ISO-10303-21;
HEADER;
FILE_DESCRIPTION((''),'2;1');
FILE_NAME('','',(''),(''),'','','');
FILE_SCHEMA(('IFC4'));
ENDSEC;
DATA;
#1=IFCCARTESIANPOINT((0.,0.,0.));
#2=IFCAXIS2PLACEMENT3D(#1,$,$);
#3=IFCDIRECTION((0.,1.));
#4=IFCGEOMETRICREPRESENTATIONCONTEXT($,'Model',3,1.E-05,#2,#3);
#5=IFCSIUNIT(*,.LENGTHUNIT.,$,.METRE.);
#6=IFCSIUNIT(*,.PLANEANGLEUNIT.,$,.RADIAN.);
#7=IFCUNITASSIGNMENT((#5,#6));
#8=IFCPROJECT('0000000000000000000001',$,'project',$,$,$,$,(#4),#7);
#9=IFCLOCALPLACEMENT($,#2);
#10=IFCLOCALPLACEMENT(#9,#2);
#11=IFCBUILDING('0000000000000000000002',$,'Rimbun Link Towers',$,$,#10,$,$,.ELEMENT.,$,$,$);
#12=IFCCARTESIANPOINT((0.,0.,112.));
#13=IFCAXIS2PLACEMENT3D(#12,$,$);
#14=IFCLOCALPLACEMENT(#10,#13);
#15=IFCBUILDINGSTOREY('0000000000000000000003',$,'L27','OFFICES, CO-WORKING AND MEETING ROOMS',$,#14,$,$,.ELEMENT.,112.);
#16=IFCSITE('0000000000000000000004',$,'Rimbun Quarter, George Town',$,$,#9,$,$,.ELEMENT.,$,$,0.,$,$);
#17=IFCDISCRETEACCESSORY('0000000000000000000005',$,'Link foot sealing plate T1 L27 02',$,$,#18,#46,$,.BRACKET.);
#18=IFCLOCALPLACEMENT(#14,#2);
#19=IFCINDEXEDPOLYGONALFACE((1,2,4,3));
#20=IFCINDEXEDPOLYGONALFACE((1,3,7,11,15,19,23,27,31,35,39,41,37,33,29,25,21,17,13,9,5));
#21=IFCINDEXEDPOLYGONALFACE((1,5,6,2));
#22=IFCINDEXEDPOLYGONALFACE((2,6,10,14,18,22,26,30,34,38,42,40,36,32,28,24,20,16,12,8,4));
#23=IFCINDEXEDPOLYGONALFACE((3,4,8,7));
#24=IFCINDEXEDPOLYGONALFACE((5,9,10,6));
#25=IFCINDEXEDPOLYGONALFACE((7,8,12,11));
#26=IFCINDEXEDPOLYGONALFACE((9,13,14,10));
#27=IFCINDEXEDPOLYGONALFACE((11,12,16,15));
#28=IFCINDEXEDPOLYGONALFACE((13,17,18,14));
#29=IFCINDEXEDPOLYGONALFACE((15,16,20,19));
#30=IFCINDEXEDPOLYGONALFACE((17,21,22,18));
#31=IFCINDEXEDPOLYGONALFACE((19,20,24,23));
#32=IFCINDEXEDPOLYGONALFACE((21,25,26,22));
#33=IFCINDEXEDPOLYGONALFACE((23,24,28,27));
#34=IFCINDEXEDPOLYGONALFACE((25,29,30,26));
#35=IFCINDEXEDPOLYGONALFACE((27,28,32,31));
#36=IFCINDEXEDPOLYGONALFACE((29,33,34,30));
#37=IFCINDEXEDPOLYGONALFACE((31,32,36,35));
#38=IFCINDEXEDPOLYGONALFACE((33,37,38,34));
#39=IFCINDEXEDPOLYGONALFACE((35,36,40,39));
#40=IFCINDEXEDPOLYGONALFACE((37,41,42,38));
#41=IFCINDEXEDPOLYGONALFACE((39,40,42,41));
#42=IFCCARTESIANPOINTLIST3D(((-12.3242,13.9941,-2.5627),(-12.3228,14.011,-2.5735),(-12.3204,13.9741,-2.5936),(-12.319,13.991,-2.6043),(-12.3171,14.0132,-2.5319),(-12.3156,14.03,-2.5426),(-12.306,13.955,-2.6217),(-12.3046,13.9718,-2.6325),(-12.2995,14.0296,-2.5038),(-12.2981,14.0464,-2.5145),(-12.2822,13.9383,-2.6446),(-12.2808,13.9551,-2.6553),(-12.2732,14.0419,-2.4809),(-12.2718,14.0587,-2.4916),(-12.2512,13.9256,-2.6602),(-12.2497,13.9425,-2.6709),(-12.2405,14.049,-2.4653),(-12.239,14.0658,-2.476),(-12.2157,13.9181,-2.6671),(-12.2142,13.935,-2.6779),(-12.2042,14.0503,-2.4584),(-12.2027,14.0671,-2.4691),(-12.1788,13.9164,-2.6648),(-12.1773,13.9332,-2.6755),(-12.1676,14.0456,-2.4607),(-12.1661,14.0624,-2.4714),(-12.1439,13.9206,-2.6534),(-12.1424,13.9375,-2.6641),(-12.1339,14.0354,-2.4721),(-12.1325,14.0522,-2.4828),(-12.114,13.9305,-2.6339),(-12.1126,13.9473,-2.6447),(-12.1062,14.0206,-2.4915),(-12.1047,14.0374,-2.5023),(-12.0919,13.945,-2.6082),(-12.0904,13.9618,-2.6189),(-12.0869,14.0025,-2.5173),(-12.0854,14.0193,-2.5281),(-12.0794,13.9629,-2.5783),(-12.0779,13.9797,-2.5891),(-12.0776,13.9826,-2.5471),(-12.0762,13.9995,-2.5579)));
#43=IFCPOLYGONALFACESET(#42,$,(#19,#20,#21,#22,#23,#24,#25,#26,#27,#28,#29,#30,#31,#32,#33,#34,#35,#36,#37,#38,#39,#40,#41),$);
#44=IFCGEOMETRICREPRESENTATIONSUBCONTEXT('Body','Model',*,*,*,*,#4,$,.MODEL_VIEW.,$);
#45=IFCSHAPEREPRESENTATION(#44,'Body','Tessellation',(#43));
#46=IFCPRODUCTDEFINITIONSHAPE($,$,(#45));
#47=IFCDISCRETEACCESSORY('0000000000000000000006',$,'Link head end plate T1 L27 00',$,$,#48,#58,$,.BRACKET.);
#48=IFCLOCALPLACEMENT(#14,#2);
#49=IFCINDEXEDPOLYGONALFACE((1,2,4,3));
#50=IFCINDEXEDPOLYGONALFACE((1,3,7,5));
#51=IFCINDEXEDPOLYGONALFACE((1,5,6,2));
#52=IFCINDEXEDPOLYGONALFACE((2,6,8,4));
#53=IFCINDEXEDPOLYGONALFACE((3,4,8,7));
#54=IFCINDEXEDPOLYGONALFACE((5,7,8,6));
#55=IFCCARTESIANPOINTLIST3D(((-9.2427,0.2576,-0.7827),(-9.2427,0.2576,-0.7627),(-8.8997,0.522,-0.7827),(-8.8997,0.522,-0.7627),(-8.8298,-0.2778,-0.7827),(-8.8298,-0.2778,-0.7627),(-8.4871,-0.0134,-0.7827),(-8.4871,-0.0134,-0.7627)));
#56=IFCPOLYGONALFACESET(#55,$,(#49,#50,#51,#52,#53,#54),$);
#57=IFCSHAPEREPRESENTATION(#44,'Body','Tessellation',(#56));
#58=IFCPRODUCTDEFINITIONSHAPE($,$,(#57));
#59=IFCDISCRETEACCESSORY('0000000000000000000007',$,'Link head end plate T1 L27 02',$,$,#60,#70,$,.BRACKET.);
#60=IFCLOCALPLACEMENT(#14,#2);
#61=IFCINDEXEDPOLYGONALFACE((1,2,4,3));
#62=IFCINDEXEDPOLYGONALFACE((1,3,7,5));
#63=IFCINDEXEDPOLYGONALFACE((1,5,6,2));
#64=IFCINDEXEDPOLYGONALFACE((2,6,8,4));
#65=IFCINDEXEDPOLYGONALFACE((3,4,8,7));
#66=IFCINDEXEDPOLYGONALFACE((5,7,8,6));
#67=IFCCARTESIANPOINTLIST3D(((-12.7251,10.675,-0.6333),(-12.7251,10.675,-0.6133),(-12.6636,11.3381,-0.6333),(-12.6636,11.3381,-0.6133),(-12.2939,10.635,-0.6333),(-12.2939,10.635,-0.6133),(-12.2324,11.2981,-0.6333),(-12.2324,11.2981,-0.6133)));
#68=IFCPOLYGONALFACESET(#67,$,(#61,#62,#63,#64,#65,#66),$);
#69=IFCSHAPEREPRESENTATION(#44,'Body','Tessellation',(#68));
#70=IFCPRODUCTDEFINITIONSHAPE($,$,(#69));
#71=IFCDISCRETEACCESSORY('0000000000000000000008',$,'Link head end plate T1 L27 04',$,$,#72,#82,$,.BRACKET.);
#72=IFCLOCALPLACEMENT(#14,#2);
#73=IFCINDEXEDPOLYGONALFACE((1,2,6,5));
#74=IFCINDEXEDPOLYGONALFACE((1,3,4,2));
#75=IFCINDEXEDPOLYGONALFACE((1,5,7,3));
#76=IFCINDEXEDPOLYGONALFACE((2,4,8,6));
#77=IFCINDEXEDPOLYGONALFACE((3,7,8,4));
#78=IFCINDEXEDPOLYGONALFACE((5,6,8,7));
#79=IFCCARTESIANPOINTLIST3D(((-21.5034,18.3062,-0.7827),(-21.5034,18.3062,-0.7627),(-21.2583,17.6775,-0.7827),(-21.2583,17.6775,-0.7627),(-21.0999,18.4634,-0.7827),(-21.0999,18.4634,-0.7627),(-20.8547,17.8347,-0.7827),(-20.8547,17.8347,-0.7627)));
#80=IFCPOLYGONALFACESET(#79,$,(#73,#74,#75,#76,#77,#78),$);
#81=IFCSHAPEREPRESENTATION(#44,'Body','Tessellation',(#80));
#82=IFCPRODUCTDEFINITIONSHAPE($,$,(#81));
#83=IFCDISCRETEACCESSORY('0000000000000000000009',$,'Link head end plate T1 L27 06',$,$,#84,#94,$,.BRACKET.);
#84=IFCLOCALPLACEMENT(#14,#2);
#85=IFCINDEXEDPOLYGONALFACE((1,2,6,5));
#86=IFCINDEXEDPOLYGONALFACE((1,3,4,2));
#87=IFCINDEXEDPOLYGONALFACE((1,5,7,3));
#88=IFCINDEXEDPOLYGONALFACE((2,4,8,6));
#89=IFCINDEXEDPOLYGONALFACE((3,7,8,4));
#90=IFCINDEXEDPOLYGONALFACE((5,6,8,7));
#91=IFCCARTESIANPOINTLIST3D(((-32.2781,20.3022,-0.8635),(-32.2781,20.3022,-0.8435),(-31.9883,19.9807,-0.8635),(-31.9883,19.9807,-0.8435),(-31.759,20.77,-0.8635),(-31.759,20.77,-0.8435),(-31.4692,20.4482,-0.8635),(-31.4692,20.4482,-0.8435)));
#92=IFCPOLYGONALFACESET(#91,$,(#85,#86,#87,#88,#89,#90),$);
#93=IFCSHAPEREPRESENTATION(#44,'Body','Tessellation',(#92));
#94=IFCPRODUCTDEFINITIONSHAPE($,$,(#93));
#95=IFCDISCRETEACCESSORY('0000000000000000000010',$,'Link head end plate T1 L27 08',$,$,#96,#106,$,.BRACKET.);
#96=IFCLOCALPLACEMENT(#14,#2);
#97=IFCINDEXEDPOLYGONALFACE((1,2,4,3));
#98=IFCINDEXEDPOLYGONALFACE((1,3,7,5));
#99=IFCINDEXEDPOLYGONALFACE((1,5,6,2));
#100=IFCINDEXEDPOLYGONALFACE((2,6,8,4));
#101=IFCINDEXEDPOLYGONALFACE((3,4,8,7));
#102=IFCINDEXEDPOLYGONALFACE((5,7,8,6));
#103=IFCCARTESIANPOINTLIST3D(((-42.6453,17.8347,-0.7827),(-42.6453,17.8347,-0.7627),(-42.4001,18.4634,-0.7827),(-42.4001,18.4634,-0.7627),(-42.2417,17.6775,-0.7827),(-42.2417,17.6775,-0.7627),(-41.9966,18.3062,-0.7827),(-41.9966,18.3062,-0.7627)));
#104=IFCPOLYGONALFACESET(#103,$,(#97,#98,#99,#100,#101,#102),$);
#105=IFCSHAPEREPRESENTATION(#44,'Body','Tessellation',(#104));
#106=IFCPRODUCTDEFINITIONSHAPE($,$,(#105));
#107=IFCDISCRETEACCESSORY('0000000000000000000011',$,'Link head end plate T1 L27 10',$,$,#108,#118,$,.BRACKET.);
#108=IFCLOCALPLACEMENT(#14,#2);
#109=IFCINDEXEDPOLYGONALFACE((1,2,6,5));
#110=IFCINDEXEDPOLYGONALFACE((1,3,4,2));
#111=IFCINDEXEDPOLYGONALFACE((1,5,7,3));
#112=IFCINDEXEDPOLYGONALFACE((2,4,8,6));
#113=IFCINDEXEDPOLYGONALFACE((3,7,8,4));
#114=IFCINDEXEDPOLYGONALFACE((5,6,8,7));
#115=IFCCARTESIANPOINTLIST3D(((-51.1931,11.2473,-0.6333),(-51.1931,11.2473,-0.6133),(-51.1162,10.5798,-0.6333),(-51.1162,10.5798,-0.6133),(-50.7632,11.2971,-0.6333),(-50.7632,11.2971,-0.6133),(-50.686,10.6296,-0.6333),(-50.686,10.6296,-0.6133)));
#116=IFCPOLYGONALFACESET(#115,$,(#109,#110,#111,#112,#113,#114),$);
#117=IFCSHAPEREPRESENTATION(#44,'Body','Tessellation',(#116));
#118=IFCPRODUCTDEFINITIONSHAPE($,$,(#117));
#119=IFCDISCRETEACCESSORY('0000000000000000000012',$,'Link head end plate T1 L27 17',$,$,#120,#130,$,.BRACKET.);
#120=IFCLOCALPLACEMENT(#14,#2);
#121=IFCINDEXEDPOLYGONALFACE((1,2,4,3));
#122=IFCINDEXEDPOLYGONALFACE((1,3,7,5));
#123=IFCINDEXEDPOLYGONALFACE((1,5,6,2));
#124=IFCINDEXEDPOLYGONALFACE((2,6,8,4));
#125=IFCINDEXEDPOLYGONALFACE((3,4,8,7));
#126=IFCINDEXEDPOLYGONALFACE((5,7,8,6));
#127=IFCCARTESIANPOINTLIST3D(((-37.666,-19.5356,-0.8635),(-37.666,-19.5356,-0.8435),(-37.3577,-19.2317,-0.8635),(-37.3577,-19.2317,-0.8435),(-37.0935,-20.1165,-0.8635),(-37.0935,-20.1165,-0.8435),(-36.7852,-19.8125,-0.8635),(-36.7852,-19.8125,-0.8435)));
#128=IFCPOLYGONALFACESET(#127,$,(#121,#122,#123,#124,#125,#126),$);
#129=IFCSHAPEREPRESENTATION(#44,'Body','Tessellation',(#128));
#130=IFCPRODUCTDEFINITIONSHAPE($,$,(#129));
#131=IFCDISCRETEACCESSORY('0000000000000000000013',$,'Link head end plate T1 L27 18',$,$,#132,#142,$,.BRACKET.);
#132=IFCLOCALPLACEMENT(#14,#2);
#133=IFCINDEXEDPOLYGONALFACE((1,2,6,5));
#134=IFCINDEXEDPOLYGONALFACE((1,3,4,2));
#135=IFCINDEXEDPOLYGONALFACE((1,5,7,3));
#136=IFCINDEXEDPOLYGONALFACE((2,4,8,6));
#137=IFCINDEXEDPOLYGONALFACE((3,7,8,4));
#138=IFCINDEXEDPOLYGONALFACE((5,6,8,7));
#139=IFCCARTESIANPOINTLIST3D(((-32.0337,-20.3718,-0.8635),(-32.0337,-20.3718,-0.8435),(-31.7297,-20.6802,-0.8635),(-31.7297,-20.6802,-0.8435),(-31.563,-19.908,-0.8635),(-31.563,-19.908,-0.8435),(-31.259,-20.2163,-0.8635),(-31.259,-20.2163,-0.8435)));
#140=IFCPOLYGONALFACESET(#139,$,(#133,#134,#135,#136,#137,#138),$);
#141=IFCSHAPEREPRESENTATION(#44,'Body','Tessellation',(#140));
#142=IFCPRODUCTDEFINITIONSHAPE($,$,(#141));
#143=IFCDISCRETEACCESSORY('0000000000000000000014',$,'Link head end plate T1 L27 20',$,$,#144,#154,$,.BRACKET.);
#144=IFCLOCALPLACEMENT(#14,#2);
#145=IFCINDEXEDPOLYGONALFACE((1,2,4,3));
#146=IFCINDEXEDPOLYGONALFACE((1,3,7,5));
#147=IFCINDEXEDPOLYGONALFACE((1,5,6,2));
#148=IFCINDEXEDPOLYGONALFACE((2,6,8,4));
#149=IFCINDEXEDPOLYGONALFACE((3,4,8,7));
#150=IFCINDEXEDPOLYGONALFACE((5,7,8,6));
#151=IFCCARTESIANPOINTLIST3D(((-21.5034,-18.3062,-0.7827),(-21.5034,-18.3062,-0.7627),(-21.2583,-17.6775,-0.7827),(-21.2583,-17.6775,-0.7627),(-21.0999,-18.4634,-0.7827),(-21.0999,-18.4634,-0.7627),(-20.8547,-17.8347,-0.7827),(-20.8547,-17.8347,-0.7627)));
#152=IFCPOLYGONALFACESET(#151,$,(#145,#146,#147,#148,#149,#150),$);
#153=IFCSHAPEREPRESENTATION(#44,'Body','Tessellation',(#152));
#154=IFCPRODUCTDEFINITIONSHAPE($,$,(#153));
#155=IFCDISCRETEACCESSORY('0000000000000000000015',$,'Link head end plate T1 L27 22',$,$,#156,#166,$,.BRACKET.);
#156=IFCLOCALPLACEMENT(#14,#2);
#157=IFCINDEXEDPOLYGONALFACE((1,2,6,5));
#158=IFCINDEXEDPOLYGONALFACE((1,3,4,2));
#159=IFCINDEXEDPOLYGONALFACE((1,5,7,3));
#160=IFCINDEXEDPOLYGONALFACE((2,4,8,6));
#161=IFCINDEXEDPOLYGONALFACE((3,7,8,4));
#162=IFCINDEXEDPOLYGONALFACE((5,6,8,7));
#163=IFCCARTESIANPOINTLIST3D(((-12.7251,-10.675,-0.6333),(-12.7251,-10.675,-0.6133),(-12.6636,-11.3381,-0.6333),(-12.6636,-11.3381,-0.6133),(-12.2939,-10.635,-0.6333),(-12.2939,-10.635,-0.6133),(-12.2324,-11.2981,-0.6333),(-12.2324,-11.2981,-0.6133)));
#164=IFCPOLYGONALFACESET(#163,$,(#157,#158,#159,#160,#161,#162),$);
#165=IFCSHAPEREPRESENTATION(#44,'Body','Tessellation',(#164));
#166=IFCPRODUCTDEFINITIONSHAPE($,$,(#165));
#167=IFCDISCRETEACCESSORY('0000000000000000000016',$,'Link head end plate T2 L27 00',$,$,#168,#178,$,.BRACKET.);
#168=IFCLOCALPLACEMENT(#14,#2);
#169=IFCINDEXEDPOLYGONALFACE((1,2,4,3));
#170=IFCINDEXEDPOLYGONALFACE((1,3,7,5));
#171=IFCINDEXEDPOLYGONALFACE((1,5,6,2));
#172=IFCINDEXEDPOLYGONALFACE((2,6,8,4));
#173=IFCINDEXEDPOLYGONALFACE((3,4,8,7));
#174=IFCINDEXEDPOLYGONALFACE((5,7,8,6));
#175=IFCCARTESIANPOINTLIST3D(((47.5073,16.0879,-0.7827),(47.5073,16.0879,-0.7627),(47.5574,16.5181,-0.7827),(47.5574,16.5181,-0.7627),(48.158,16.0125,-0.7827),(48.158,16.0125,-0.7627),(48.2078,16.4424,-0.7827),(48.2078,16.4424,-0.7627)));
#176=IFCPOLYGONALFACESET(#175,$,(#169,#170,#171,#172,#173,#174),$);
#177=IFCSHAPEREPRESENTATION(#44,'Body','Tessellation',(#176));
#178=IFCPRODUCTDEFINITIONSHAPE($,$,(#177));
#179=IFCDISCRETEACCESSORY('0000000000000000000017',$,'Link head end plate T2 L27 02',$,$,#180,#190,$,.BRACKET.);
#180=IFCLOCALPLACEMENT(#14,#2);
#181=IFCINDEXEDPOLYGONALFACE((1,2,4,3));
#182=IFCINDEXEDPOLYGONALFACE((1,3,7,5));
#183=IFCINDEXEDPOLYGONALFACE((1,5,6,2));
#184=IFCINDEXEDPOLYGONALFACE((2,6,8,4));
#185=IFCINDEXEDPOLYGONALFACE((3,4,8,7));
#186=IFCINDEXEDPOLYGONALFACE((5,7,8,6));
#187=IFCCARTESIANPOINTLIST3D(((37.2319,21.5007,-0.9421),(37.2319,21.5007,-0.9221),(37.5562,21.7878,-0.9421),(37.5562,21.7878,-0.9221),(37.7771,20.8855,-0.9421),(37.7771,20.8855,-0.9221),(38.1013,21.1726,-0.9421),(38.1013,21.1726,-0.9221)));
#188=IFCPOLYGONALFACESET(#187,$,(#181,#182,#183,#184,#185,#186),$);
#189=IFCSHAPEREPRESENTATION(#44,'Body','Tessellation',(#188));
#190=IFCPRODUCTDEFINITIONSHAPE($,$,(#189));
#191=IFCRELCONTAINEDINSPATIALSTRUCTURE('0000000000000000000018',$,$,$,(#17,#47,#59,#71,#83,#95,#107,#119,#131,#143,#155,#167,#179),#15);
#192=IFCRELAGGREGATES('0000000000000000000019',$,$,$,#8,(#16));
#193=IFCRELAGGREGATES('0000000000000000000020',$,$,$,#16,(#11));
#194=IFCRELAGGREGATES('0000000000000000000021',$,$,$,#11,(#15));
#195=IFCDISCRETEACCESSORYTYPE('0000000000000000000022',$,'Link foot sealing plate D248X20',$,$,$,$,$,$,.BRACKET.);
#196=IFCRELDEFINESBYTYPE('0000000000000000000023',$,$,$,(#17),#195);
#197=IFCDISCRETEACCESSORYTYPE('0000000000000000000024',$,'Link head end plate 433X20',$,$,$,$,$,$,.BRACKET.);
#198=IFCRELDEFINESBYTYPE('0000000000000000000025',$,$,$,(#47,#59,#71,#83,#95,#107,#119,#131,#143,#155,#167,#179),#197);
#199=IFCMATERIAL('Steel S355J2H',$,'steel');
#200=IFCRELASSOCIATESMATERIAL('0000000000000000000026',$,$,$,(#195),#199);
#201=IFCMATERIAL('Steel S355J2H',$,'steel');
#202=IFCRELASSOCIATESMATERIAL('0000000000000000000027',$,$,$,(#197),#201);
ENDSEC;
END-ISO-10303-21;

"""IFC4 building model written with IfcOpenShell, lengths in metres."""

from ifc_helpers import new_model, si_unit, direction, frame, origin, origin_2d, place, context, subcontext, project, spatial, polyline, rectangle, circle, outline, extrude, material, material_profile, profile_set, type_object, element, save


model = new_model("IFC4")

# Units and contexts
model_context = context("Model", 3, precision=1e-05, world=origin(), true_north=direction((0.0, 1.0)))
body_context = subcontext(model_context, "Body", "Model", "MODEL_VIEW")
ifc_project = project(units=[si_unit("LENGTHUNIT", "METRE"), si_unit("PLANEANGLEUNIT", "RADIAN")], contexts=[model_context])

# Site, building, storey
site_placement = place(None, origin())
site = spatial("IfcSite", under=ifc_project, at=site_placement, Name="Rimbun Quarter, George Town", CompositionType="ELEMENT", RefElevation=0.0)
building_placement = place(site_placement, origin())
building = spatial("IfcBuilding", under=site, at=building_placement, Name="Rimbun Link Towers", CompositionType="ELEMENT")
storey_placement = place(building_placement, frame((0.0, 0.0, 112.0)))
storey = spatial("IfcBuildingStorey", under=building, at=storey_placement, Name="L27", Description="OFFICES, CO-WORKING AND MEETING ROOMS", CompositionType="ELEMENT", Elevation=112.0)

# Discrete accessories
ifc_material_1 = material(Name="Steel S355J2H", Category="steel")
ifc_material_profile_1 = material_profile(ifc_material_1, circle(Radius=0.124, at=origin_2d()), Name="PL D248")
ifc_profile_set_1 = profile_set([ifc_material_profile_1], Name="Steel S355J2H")
discrete_accessory_type_1 = type_object("IfcDiscreteAccessoryType", Name="Link foot sealing plate D248X20", PredefinedType="BRACKET", material=ifc_profile_set_1)
discrete_accessory_1_placement = place(storey_placement, frame((-12.2007, 13.9834, -2.5627), z_axis=(0.073122, 0.840901, -0.536227), x_axis=(-0.996241, 0.08663, 0.0)))
element("IfcDiscreteAccessory", 1, at=discrete_accessory_1_placement, inside=storey, type_object=discrete_accessory_type_1, Name="Link foot sealing plate T1 L27 02", PredefinedType="BRACKET", context=body_context, shape_type="SweptSolid", body=[
    extrude(circle(Radius=0.124, at=origin_2d()), origin(), (0.0, 0.0, 1.0), 0.02),
])
ifc_material_2 = material(Name="Steel S355J2H", Category="steel")
ifc_material_profile_2 = material_profile(ifc_material_2, rectangle(XDim=0.4331, YDim=0.4331, at=origin_2d()), Name="PL 433x433")
ifc_profile_set_2 = profile_set([ifc_material_profile_2], Name="Steel S355J2H")
discrete_accessory_type_2 = type_object("IfcDiscreteAccessoryType", Name="Link head end plate 433X20", PredefinedType="BRACKET", material=ifc_profile_set_2)
discrete_accessory_2_placement = place(storey_placement, frame((0.0, 0.0, -0.7827)))
element("IfcDiscreteAccessory", 2, at=discrete_accessory_2_placement, inside=storey, type_object=discrete_accessory_type_2, Name="Link head end plate T1 L27 00", PredefinedType="BRACKET", context=body_context, shape_type="SweptSolid", body=[
    extrude(outline(polyline([(-9.2427, 0.2576), (-8.8298, -0.2778), (-8.4871, -0.0134), (-8.8997, 0.522), (-9.2427, 0.2576)])), origin(), (0.0, 0.0, 1.0), 0.02),
])
discrete_accessory_3_placement = place(storey_placement, frame((0.0, 0.0, -0.6333)))
element("IfcDiscreteAccessory", 3, at=discrete_accessory_3_placement, inside=storey, type_object=discrete_accessory_type_2, Name="Link head end plate T1 L27 02", PredefinedType="BRACKET", context=body_context, shape_type="SweptSolid", body=[
    extrude(outline(polyline([(-12.2939, 10.635), (-12.2324, 11.2981), (-12.6636, 11.3381), (-12.7251, 10.675), (-12.2939, 10.635)])), origin(), (0.0, 0.0, 1.0), 0.02),
])
discrete_accessory_4_placement = place(storey_placement, frame((0.0, 0.0, -0.7827)))
element("IfcDiscreteAccessory", 4, at=discrete_accessory_4_placement, inside=storey, type_object=discrete_accessory_type_2, Name="Link head end plate T1 L27 04", PredefinedType="BRACKET", context=body_context, shape_type="SweptSolid", body=[
    extrude(outline(polyline([(-20.8547, 17.8347), (-21.0999, 18.4634), (-21.5034, 18.3062), (-21.2583, 17.6775), (-20.8547, 17.8347)])), origin(), (0.0, 0.0, 1.0), 0.02),
])
discrete_accessory_5_placement = place(storey_placement, frame((0.0, 0.0, -0.8635)))
element("IfcDiscreteAccessory", 5, at=discrete_accessory_5_placement, inside=storey, type_object=discrete_accessory_type_2, Name="Link head end plate T1 L27 06", PredefinedType="BRACKET", context=body_context, shape_type="SweptSolid", body=[
    extrude(outline(polyline([(-31.9883, 19.9807), (-31.4692, 20.4482), (-31.759, 20.77), (-32.2781, 20.3022), (-31.9883, 19.9807)])), origin(), (0.0, 0.0, 1.0), 0.02),
])
discrete_accessory_6_placement = place(storey_placement, frame((0.0, 0.0, -0.7827)))
element("IfcDiscreteAccessory", 6, at=discrete_accessory_6_placement, inside=storey, type_object=discrete_accessory_type_2, Name="Link head end plate T1 L27 08", PredefinedType="BRACKET", context=body_context, shape_type="SweptSolid", body=[
    extrude(outline(polyline([(-42.2417, 17.6775), (-41.9966, 18.3062), (-42.4001, 18.4634), (-42.6453, 17.8347), (-42.2417, 17.6775)])), origin(), (0.0, 0.0, 1.0), 0.02),
])
discrete_accessory_7_placement = place(storey_placement, frame((0.0, 0.0, -0.6333)))
element("IfcDiscreteAccessory", 7, at=discrete_accessory_7_placement, inside=storey, type_object=discrete_accessory_type_2, Name="Link head end plate T1 L27 10", PredefinedType="BRACKET", context=body_context, shape_type="SweptSolid", body=[
    extrude(outline(polyline([(-50.686, 10.6296), (-50.7632, 11.2971), (-51.1931, 11.2473), (-51.1162, 10.5798), (-50.686, 10.6296)])), origin(), (0.0, 0.0, 1.0), 0.02),
])
discrete_accessory_8_placement = place(storey_placement, frame((0.0, 0.0, -0.8635)))
element("IfcDiscreteAccessory", 8, at=discrete_accessory_8_placement, inside=storey, type_object=discrete_accessory_type_2, Name="Link head end plate T1 L27 17", PredefinedType="BRACKET", context=body_context, shape_type="SweptSolid", body=[
    extrude(outline(polyline([(-37.666, -19.5356), (-37.0935, -20.1165), (-36.7852, -19.8125), (-37.3577, -19.2317), (-37.666, -19.5356)])), origin(), (0.0, 0.0, 1.0), 0.02),
])
discrete_accessory_9_placement = place(storey_placement, frame((0.0, 0.0, -0.8635)))
element("IfcDiscreteAccessory", 9, at=discrete_accessory_9_placement, inside=storey, type_object=discrete_accessory_type_2, Name="Link head end plate T1 L27 18", PredefinedType="BRACKET", context=body_context, shape_type="SweptSolid", body=[
    extrude(outline(polyline([(-31.563, -19.908), (-32.0337, -20.3718), (-31.7297, -20.6802), (-31.259, -20.2163), (-31.563, -19.908)])), origin(), (0.0, 0.0, 1.0), 0.02),
])
discrete_accessory_10_placement = place(storey_placement, frame((0.0, 0.0, -0.7827)))
element("IfcDiscreteAccessory", 10, at=discrete_accessory_10_placement, inside=storey, type_object=discrete_accessory_type_2, Name="Link head end plate T1 L27 20", PredefinedType="BRACKET", context=body_context, shape_type="SweptSolid", body=[
    extrude(outline(polyline([(-21.2583, -17.6775), (-21.5034, -18.3062), (-21.0999, -18.4634), (-20.8547, -17.8347), (-21.2583, -17.6775)])), origin(), (0.0, 0.0, 1.0), 0.02),
])
discrete_accessory_11_placement = place(storey_placement, frame((0.0, 0.0, -0.6333)))
element("IfcDiscreteAccessory", 11, at=discrete_accessory_11_placement, inside=storey, type_object=discrete_accessory_type_2, Name="Link head end plate T1 L27 22", PredefinedType="BRACKET", context=body_context, shape_type="SweptSolid", body=[
    extrude(outline(polyline([(-12.7251, -10.675), (-12.6636, -11.3381), (-12.2324, -11.2981), (-12.2939, -10.635), (-12.7251, -10.675)])), origin(), (0.0, 0.0, 1.0), 0.02),
])
discrete_accessory_12_placement = place(storey_placement, frame((0.0, 0.0, -0.7827)))
element("IfcDiscreteAccessory", 12, at=discrete_accessory_12_placement, inside=storey, type_object=discrete_accessory_type_2, Name="Link head end plate T2 L27 00", PredefinedType="BRACKET", context=body_context, shape_type="SweptSolid", body=[
    extrude(outline(polyline([(47.5073, 16.0879), (48.158, 16.0125), (48.2078, 16.4424), (47.5574, 16.5181), (47.5073, 16.0879)])), origin(), (0.0, 0.0, 1.0), 0.02),
])
discrete_accessory_13_placement = place(storey_placement, frame((0.0, 0.0, -0.9421)))
element("IfcDiscreteAccessory", 13, at=discrete_accessory_13_placement, inside=storey, type_object=discrete_accessory_type_2, Name="Link head end plate T2 L27 02", PredefinedType="BRACKET", context=body_context, shape_type="SweptSolid", body=[
    extrude(outline(polyline([(38.1013, 21.1726), (37.5562, 21.7878), (37.2319, 21.5007), (37.7771, 20.8855), (38.1013, 21.1726)])), origin(), (0.0, 0.0, 1.0), 0.02),
])

save(model, "model.ifc")
